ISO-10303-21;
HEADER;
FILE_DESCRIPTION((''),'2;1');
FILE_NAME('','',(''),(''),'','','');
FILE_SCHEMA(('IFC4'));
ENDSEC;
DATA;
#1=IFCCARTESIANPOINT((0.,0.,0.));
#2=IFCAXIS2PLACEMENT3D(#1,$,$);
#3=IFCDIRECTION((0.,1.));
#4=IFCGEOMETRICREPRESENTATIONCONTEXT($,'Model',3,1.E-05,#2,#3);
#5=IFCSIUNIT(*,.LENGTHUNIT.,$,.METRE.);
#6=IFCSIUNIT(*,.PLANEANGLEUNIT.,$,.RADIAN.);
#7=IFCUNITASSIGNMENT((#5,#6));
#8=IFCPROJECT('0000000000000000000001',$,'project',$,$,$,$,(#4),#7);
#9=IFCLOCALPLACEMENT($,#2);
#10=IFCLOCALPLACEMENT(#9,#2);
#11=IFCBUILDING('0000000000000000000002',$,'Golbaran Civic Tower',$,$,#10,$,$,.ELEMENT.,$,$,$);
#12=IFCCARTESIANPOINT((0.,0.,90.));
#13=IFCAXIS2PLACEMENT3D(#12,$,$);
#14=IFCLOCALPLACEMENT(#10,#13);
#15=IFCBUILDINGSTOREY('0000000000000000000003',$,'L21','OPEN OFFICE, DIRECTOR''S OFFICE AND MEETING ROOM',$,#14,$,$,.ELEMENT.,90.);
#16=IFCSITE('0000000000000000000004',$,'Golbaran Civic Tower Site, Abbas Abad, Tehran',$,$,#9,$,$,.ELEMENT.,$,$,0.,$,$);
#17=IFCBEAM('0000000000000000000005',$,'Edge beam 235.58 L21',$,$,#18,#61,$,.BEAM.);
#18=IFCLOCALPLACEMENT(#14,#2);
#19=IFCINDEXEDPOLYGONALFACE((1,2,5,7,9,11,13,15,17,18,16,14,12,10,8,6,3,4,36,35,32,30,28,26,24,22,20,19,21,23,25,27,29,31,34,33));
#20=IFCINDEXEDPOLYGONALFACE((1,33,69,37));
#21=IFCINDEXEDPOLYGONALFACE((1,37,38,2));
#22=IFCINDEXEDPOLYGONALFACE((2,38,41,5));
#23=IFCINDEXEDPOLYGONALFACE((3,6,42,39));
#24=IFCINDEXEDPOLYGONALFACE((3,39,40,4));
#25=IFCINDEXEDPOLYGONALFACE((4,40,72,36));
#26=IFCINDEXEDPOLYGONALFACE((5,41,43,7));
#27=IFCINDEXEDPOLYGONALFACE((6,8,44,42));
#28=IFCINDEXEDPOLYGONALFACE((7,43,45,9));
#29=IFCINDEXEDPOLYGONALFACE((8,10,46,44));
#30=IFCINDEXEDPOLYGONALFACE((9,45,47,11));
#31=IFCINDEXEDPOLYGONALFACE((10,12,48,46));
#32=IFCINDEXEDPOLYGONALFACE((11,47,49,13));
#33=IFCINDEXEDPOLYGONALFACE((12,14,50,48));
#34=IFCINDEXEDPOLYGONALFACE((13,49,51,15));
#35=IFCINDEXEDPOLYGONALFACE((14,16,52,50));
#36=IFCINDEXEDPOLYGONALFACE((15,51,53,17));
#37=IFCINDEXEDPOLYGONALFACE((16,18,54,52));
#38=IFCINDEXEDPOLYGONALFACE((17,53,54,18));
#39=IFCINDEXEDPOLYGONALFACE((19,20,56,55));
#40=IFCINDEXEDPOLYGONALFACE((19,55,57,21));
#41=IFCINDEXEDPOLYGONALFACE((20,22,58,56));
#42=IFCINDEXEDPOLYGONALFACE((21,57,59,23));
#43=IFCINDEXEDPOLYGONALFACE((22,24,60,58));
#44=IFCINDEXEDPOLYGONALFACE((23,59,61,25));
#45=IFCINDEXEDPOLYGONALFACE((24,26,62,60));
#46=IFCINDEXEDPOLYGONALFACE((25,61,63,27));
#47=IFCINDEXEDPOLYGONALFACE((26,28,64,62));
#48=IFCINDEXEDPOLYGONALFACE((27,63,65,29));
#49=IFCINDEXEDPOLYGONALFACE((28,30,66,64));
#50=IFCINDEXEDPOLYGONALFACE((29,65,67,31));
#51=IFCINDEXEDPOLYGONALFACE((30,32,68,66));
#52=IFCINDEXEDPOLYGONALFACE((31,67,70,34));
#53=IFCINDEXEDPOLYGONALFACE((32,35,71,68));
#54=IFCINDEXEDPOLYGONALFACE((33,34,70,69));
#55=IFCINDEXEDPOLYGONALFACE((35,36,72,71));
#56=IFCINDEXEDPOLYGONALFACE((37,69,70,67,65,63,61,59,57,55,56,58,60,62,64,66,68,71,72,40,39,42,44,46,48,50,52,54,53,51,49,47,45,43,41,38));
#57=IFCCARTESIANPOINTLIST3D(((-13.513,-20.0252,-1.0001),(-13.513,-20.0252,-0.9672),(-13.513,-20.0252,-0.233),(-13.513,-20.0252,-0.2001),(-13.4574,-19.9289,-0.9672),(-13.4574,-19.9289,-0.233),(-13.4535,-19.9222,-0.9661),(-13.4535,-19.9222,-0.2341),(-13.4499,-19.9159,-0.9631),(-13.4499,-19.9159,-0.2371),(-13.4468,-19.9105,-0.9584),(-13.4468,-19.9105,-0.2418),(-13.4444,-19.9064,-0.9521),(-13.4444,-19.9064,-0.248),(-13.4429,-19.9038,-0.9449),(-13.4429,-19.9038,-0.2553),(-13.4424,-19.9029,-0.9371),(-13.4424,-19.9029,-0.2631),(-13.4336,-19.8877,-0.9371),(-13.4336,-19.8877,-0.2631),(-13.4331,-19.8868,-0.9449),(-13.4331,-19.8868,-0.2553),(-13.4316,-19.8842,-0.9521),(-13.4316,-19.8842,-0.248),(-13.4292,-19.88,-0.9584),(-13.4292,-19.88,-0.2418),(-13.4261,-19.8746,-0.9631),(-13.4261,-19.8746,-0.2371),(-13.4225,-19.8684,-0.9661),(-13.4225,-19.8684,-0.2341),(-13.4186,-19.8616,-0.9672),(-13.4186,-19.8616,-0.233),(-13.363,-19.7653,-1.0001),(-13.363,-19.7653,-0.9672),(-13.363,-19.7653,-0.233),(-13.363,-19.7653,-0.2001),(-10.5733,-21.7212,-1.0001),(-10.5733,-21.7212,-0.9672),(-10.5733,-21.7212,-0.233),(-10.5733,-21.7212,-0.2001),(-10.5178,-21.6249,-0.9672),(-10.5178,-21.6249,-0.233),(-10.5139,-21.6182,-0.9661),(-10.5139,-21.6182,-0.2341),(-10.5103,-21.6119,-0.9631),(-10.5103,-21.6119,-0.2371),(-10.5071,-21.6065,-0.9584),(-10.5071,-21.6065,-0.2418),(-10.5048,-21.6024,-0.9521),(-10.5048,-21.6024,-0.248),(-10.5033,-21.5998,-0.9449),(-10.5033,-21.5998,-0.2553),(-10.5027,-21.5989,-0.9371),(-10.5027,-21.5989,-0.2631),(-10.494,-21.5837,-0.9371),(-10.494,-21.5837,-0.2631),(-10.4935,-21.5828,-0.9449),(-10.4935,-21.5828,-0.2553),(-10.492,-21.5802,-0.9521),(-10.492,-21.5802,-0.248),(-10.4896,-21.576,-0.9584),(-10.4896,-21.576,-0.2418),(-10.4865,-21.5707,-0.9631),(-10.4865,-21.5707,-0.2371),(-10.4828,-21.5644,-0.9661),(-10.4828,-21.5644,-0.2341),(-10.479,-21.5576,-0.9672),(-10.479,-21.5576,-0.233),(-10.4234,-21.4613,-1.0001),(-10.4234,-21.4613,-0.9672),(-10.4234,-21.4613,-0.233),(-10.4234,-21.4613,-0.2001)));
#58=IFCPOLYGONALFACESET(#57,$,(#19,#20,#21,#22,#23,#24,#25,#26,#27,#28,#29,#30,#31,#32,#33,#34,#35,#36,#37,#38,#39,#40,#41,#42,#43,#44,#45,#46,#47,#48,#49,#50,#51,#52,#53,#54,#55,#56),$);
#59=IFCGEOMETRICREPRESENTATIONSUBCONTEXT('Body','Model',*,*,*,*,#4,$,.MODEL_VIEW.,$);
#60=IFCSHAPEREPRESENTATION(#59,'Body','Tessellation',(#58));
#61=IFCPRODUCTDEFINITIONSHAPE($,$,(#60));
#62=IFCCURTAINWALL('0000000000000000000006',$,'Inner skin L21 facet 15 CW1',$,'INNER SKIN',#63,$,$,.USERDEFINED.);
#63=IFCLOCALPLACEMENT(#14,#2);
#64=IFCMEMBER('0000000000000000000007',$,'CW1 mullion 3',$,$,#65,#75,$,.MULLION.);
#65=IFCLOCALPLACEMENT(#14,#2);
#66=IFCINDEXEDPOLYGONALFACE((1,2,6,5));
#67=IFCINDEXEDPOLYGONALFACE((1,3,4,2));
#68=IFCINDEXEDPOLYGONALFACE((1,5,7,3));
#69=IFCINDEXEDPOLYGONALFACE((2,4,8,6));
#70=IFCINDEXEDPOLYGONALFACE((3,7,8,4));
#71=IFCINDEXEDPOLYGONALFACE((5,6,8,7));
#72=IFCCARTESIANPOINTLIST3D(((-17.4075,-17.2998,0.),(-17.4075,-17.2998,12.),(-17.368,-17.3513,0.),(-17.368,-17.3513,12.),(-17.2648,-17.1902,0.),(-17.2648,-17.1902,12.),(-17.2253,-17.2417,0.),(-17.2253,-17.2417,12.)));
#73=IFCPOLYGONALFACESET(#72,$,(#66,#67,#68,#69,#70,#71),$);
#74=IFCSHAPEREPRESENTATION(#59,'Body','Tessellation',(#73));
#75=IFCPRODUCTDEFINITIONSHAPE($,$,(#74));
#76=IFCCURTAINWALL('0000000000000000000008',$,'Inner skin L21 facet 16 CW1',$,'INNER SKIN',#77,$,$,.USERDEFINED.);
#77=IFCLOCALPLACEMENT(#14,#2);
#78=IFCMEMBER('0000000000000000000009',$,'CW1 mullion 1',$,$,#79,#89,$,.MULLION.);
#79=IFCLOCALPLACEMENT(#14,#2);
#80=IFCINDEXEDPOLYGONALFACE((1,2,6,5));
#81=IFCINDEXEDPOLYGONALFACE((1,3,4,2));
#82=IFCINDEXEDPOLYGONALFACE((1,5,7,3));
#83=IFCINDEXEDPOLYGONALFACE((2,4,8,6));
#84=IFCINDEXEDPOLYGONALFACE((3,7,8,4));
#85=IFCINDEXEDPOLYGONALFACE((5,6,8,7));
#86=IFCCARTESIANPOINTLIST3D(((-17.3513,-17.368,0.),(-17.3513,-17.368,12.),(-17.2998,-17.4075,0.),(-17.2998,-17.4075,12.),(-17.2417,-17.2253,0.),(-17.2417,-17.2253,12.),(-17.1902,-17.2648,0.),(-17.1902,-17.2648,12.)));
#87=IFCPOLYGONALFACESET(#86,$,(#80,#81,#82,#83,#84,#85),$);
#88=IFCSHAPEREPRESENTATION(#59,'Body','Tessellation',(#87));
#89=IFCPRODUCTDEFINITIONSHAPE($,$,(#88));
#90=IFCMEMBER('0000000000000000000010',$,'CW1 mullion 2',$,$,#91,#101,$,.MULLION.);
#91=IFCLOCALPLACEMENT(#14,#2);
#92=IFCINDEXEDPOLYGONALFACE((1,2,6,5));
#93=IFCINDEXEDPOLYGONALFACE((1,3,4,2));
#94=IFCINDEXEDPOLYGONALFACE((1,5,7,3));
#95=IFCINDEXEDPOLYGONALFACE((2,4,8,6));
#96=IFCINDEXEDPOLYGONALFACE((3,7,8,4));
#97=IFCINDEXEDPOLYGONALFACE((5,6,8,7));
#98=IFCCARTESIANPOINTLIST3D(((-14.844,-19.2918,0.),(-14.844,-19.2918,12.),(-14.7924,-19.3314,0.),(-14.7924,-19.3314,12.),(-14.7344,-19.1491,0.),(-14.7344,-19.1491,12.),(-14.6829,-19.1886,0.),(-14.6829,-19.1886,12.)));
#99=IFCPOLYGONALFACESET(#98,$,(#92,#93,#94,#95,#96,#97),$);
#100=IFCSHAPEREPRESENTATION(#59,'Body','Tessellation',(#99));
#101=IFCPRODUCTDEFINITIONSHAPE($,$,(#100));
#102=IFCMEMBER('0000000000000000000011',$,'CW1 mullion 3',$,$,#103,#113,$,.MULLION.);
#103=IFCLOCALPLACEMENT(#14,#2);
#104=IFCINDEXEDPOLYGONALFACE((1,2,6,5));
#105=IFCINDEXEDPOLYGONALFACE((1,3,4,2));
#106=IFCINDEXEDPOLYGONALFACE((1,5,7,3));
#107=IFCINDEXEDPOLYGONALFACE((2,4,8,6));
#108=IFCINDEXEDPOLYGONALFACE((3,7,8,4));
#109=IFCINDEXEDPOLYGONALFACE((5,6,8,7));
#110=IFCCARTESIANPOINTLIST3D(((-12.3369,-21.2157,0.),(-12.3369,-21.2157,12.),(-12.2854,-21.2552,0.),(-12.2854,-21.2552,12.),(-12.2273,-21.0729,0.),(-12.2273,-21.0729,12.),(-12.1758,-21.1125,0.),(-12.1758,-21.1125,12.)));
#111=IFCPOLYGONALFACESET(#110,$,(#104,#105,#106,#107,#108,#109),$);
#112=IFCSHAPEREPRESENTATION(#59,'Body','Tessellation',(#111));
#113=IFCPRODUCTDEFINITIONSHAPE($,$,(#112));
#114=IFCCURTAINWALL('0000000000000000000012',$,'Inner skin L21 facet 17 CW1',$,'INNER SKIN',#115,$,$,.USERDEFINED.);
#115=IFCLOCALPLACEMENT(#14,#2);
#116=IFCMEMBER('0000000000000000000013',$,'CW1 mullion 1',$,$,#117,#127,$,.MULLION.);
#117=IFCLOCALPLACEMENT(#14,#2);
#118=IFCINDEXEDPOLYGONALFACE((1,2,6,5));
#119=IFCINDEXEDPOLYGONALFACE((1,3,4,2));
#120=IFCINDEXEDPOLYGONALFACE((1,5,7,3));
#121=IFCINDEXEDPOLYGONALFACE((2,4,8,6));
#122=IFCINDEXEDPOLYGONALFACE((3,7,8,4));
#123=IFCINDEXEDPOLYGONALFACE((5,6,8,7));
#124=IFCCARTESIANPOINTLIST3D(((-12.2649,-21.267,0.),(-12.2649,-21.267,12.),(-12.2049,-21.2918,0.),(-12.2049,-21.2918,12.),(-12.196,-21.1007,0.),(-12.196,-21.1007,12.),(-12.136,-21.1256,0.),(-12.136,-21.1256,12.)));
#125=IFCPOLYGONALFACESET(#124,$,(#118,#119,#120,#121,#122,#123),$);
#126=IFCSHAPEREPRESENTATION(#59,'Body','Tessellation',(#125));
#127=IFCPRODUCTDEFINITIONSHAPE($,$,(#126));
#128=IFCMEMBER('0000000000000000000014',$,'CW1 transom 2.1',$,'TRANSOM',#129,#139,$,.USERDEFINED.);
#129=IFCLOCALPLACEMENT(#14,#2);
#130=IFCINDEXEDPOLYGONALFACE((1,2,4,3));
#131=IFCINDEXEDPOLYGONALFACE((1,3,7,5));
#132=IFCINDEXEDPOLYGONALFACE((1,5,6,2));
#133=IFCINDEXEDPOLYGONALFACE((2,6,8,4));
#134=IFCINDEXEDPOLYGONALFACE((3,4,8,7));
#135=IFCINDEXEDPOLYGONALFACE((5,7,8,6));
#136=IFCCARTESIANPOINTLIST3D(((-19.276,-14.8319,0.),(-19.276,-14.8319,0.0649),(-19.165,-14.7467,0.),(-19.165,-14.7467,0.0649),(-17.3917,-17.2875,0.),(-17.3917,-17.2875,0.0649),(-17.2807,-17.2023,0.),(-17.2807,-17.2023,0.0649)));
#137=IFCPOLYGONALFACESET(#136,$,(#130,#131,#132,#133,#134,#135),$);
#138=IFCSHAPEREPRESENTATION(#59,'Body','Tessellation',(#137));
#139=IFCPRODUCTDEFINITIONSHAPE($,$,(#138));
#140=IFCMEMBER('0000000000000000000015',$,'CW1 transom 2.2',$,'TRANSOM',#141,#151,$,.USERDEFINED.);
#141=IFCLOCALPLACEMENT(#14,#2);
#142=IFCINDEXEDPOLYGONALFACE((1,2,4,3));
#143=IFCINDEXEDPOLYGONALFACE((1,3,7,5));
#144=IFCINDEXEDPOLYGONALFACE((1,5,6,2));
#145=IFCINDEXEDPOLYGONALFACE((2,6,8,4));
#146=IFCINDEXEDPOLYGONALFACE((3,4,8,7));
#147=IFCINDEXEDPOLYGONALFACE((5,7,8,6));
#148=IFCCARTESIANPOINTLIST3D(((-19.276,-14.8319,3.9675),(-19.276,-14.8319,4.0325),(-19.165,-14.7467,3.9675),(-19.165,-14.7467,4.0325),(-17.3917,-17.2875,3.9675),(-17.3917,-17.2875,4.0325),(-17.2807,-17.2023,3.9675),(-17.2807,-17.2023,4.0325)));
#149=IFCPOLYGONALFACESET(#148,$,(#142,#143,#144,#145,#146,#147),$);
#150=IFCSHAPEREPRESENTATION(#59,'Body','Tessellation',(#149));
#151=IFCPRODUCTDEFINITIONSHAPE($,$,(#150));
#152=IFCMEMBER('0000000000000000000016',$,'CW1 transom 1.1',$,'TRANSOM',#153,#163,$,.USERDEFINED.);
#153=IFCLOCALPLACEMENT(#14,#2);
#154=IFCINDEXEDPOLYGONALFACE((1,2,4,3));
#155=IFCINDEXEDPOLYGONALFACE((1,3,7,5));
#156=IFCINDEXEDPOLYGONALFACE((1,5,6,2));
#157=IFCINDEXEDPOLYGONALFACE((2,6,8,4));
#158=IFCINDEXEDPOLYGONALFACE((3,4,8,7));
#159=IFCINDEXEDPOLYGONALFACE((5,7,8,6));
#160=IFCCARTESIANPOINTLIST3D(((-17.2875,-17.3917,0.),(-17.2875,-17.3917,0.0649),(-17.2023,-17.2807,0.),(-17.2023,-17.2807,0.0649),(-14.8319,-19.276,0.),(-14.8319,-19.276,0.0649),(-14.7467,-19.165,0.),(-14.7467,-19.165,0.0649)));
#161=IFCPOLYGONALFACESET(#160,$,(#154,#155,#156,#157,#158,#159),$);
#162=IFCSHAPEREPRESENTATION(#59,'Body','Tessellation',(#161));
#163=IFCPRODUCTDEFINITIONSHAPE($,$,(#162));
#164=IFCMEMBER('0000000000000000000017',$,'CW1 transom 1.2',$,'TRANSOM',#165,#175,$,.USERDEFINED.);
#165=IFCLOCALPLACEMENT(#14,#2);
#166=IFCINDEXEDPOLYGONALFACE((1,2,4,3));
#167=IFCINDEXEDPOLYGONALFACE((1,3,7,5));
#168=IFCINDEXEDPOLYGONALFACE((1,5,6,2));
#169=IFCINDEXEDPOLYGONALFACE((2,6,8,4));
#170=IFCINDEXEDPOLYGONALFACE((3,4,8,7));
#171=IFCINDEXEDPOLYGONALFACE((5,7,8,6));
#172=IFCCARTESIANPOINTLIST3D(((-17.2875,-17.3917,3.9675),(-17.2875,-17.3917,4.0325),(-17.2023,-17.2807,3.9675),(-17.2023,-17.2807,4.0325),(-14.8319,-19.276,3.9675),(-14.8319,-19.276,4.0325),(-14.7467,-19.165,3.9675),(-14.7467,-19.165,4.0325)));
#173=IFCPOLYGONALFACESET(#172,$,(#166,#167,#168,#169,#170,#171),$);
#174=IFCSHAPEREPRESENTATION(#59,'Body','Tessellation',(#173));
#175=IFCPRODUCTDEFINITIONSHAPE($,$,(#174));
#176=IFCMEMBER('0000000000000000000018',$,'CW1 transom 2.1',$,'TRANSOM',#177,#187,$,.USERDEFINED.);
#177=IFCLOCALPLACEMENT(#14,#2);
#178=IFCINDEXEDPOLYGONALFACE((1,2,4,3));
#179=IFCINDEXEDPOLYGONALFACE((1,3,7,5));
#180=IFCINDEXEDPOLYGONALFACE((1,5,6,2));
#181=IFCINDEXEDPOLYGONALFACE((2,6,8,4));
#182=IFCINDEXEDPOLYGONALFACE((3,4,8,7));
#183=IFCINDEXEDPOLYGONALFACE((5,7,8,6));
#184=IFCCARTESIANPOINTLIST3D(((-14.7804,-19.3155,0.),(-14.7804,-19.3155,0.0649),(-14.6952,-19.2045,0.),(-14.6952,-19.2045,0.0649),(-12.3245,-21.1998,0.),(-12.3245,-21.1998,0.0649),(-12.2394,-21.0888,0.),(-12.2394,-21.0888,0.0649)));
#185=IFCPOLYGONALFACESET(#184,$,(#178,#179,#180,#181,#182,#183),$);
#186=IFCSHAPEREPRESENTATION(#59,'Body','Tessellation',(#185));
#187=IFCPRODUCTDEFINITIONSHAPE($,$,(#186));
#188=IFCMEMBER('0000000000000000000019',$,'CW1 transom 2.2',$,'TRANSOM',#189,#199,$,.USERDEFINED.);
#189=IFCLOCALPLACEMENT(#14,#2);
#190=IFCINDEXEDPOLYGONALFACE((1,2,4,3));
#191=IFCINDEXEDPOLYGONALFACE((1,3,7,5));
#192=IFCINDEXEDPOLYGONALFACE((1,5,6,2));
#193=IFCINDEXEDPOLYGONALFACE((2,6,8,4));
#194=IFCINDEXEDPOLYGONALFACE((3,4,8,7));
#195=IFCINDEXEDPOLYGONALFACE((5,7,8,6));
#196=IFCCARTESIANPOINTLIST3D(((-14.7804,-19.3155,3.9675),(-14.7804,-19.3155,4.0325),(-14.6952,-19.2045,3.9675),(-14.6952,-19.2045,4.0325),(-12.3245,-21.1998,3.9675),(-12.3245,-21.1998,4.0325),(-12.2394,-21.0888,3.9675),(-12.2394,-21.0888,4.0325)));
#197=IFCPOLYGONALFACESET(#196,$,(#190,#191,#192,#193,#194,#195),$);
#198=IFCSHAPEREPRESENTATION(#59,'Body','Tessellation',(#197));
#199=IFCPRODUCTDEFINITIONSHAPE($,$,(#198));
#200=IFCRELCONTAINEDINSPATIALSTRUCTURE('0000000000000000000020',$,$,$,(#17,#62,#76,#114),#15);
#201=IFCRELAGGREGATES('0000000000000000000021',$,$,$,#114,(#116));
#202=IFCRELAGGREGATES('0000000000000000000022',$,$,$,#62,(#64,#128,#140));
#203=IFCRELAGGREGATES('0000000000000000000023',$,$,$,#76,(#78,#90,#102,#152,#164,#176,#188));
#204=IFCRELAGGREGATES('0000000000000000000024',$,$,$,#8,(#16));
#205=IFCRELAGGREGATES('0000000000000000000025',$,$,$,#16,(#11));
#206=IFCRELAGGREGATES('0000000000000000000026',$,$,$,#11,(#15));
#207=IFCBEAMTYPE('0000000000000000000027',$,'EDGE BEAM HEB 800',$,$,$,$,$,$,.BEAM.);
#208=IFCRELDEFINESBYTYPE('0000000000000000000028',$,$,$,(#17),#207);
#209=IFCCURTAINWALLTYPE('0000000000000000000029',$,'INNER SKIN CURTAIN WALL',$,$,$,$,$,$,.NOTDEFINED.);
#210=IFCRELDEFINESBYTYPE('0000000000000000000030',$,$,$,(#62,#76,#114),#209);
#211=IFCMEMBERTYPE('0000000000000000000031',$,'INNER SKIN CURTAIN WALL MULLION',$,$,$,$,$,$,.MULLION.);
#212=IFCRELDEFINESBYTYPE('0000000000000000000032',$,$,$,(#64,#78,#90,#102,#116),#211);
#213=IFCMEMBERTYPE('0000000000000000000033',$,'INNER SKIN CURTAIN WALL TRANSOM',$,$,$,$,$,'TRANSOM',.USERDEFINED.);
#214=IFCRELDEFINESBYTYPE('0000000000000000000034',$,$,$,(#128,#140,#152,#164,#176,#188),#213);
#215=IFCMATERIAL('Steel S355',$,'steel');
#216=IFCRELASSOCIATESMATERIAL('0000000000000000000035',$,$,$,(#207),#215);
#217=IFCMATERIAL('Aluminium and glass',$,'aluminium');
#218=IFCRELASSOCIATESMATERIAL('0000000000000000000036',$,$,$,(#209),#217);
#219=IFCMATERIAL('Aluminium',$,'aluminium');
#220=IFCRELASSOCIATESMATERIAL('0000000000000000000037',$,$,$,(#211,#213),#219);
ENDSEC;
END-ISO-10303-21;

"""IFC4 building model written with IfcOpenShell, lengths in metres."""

from ifc_helpers import new_model, si_unit, direction, frame, origin, origin_2d, place, context, subcontext, project, spatial, rectangle, i_section, extrude, material, material_profile, profile_set, type_object, element, aggregate, save


model = new_model("IFC4")

# Units and contexts
model_context = context("Model", 3, precision=1e-05, world=origin(), true_north=direction((0.0, 1.0)))
body_context = subcontext(model_context, "Body", "Model", "MODEL_VIEW")
ifc_project = project(units=[si_unit("LENGTHUNIT", "METRE"), si_unit("PLANEANGLEUNIT", "RADIAN")], contexts=[model_context])

# Site, building, storey
site_placement = place(None, origin())
site = spatial("IfcSite", under=ifc_project, at=site_placement, Name="Golbaran Civic Tower Site, Abbas Abad, Tehran", CompositionType="ELEMENT", RefElevation=0.0)
building_placement = place(site_placement, origin())
building = spatial("IfcBuilding", under=site, at=building_placement, Name="Golbaran Civic Tower", CompositionType="ELEMENT")
storey_placement = place(building_placement, frame((0.0, 0.0, 90.0)))
storey = spatial("IfcBuildingStorey", under=building, at=storey_placement, Name="L21", Description="OPEN OFFICE, DIRECTOR'S OFFICE AND MEETING ROOM", CompositionType="ELEMENT", Elevation=90.0)

# Beam
ifc_material_1 = material(Name="Steel S355", Category="steel")
ifc_material_profile_1 = material_profile(ifc_material_1, i_section(OverallWidth=0.3, OverallDepth=0.8, WebThickness=0.0176, FlangeThickness=0.033, FilletRadius=0.03, at=origin_2d()), Name="HEB 800")
ifc_profile_set_1 = profile_set([ifc_material_profile_1], Name="Steel S355")
beam_type = type_object("IfcBeamType", Name="EDGE BEAM HEB 800", PredefinedType="BEAM", material=ifc_profile_set_1)
beam_placement = place(storey_placement, frame((-13.438, -19.8953, -0.6001), z_axis=(0.866177, -0.499737, 0.0), x_axis=(0.499737, 0.866177, 0.0)))
element("IfcBeam", 1, at=beam_placement, inside=storey, type_object=beam_type, Name="Edge beam 235.58 L21", PredefinedType="BEAM", context=body_context, shape_type="SweptSolid", body=[
    extrude(i_section(OverallWidth=0.3, OverallDepth=0.8, WebThickness=0.0176, FlangeThickness=0.033, FilletRadius=0.03, at=origin_2d()), origin(), (0.0, 0.0, 1.0), 3.3938),
])

# Curtain wall, member
ifc_material_2 = material(Name="Aluminium and glass", Category="aluminium")
curtain_wall_type = type_object("IfcCurtainWallType", Name="INNER SKIN CURTAIN WALL", PredefinedType="NOTDEFINED", material=ifc_material_2)
curtain_wall_1_placement = place(storey_placement, origin())
curtain_wall_1 = element("IfcCurtainWall", 2, at=curtain_wall_1_placement, inside=storey, type_object=curtain_wall_type, Name="Inner skin L21 facet 15 CW1", ObjectType="INNER SKIN", PredefinedType="USERDEFINED")
ifc_material_3 = material(Name="Aluminium", Category="aluminium")
ifc_material_profile_2 = material_profile(ifc_material_3, rectangle(XDim=0.1799, YDim=0.0649, at=origin_2d()), Name="INNER SKIN CURTAIN WALL MULLION")
ifc_profile_set_2 = profile_set([ifc_material_profile_2], Name="Aluminium")
member_type_1 = type_object("IfcMemberType", Name="INNER SKIN CURTAIN WALL MULLION", PredefinedType="MULLION", material=ifc_profile_set_2)
member_1_placement = place(storey_placement, frame((-17.3164, -17.2708, 0.0), z_axis=(0.0, 0.0, 1.0), x_axis=(0.793353, 0.608761, 0.0)))
member_1 = element("IfcMember", 3, at=member_1_placement, type_object=member_type_1, Name="CW1 mullion 3", PredefinedType="MULLION", context=body_context, shape_type="SweptSolid", body=[
    extrude(rectangle(XDim=0.1799, YDim=0.0649, at=origin_2d()), origin(), (0.0, 0.0, 1.0), 12.0),
])

# Curtain wall, members
curtain_wall_2_placement = place(storey_placement, origin())
curtain_wall_2 = element("IfcCurtainWall", 4, at=curtain_wall_2_placement, inside=storey, type_object=curtain_wall_type, Name="Inner skin L21 facet 16 CW1", ObjectType="INNER SKIN", PredefinedType="USERDEFINED")
member_2_placement = place(storey_placement, frame((-17.2708, -17.3164, 0.0), z_axis=(0.0, 0.0, 1.0), x_axis=(0.608761, 0.793353, 0.0)))
member_2 = element("IfcMember", 5, at=member_2_placement, type_object=member_type_1, Name="CW1 mullion 1", PredefinedType="MULLION", context=body_context, shape_type="SweptSolid", body=[
    extrude(rectangle(XDim=0.1799, YDim=0.0649, at=origin_2d()), origin(), (0.0, 0.0, 1.0), 12.0),
])
member_3_placement = place(storey_placement, frame((-14.7634, -19.2402, 0.0), z_axis=(0.0, 0.0, 1.0), x_axis=(0.608761, 0.793353, 0.0)))
member_3 = element("IfcMember", 6, at=member_3_placement, type_object=member_type_1, Name="CW1 mullion 2", PredefinedType="MULLION", context=body_context, shape_type="SweptSolid", body=[
    extrude(rectangle(XDim=0.1799, YDim=0.0649, at=origin_2d()), origin(), (0.0, 0.0, 1.0), 12.0),
])
member_4_placement = place(storey_placement, frame((-12.2563, -21.1641, 0.0), z_axis=(0.0, 0.0, 1.0), x_axis=(0.608761, 0.793353, 0.0)))
member_4 = element("IfcMember", 7, at=member_4_placement, type_object=member_type_1, Name="CW1 mullion 3", PredefinedType="MULLION", context=body_context, shape_type="SweptSolid", body=[
    extrude(rectangle(XDim=0.1799, YDim=0.0649, at=origin_2d()), origin(), (0.0, 0.0, 1.0), 12.0),
])

# Curtain wall, member
curtain_wall_3_placement = place(storey_placement, origin())
curtain_wall_3 = element("IfcCurtainWall", 8, at=curtain_wall_3_placement, inside=storey, type_object=curtain_wall_type, Name="Inner skin L21 facet 17 CW1", ObjectType="INNER SKIN", PredefinedType="USERDEFINED")
member_5_placement = place(storey_placement, frame((-12.2004, -21.1963, 0.0), z_axis=(0.0, 0.0, 1.0), x_axis=(0.382683, 0.92388, 0.0)))
member_5 = element("IfcMember", 9, at=member_5_placement, type_object=member_type_1, Name="CW1 mullion 1", PredefinedType="MULLION", context=body_context, shape_type="SweptSolid", body=[
    extrude(rectangle(XDim=0.1799, YDim=0.0649, at=origin_2d()), origin(), (0.0, 0.0, 1.0), 12.0),
])

# Members
ifc_material_profile_3 = material_profile(ifc_material_3, rectangle(XDim=0.1399, YDim=0.0649, at=origin_2d()), Name="INNER SKIN CURTAIN WALL TRANSOM")
ifc_profile_set_3 = profile_set([ifc_material_profile_3], Name="Aluminium")
member_type_2 = type_object("IfcMemberType", Name="INNER SKIN CURTAIN WALL TRANSOM", ElementType="TRANSOM", PredefinedType="USERDEFINED", material=ifc_profile_set_3)
member_6_placement = place(storey_placement, frame((-19.2205, -14.7893, 0.0325), z_axis=(0.608773, -0.793345, 0.0), x_axis=(0.793345, 0.608773, 0.0)))
member_6 = element("IfcMember", 10, at=member_6_placement, type_object=member_type_2, Name="CW1 transom 2.1", ObjectType="TRANSOM", PredefinedType="USERDEFINED", context=body_context, shape_type="SweptSolid", body=[
    extrude(rectangle(XDim=0.1399, YDim=0.0649, at=origin_2d()), origin(), (0.0, 0.0, 1.0), 3.0952),
])
member_7_placement = place(storey_placement, frame((-19.2205, -14.7893, 4.0), z_axis=(0.608773, -0.793345, 0.0), x_axis=(0.793345, 0.608773, 0.0)))
member_7 = element("IfcMember", 11, at=member_7_placement, type_object=member_type_2, Name="CW1 transom 2.2", ObjectType="TRANSOM", PredefinedType="USERDEFINED", context=body_context, shape_type="SweptSolid", body=[
    extrude(rectangle(XDim=0.1399, YDim=0.0649, at=origin_2d()), origin(), (0.0, 0.0, 1.0), 3.0952),
])
member_8_placement = place(storey_placement, frame((-17.2449, -17.3362, 0.0325), z_axis=(0.793345, -0.608773, 0.0), x_axis=(0.608773, 0.793345, 0.0)))
member_8 = element("IfcMember", 12, at=member_8_placement, type_object=member_type_2, Name="CW1 transom 1.1", ObjectType="TRANSOM", PredefinedType="USERDEFINED", context=body_context, shape_type="SweptSolid", body=[
    extrude(rectangle(XDim=0.1399, YDim=0.0649, at=origin_2d()), origin(), (0.0, 0.0, 1.0), 3.0952),
])
member_9_placement = place(storey_placement, frame((-17.2449, -17.3362, 4.0), z_axis=(0.793345, -0.608773, 0.0), x_axis=(0.608773, 0.793345, 0.0)))
member_9 = element("IfcMember", 13, at=member_9_placement, type_object=member_type_2, Name="CW1 transom 1.2", ObjectType="TRANSOM", PredefinedType="USERDEFINED", context=body_context, shape_type="SweptSolid", body=[
    extrude(rectangle(XDim=0.1399, YDim=0.0649, at=origin_2d()), origin(), (0.0, 0.0, 1.0), 3.0952),
])
member_10_placement = place(storey_placement, frame((-14.7378, -19.26, 0.0325), z_axis=(0.793374, -0.608735, 0.0), x_axis=(0.608735, 0.793374, 0.0)))
member_10 = element("IfcMember", 14, at=member_10_placement, type_object=member_type_2, Name="CW1 transom 2.1", ObjectType="TRANSOM", PredefinedType="USERDEFINED", context=body_context, shape_type="SweptSolid", body=[
    extrude(rectangle(XDim=0.1399, YDim=0.0649, at=origin_2d()), origin(), (0.0, 0.0, 1.0), 3.0955),
])
member_11_placement = place(storey_placement, frame((-14.7378, -19.26, 4.0), z_axis=(0.793374, -0.608735, 0.0), x_axis=(0.608735, 0.793374, 0.0)))
member_11 = element("IfcMember", 15, at=member_11_placement, type_object=member_type_2, Name="CW1 transom 2.2", ObjectType="TRANSOM", PredefinedType="USERDEFINED", context=body_context, shape_type="SweptSolid", body=[
    extrude(rectangle(XDim=0.1399, YDim=0.0649, at=origin_2d()), origin(), (0.0, 0.0, 1.0), 3.0955),
])

aggregate(curtain_wall_3, [member_5])
aggregate(curtain_wall_1, [member_1, member_6, member_7])
aggregate(curtain_wall_2, [member_2, member_3, member_4, member_8, member_9, member_10, member_11])

save(model, "model.ifc")
